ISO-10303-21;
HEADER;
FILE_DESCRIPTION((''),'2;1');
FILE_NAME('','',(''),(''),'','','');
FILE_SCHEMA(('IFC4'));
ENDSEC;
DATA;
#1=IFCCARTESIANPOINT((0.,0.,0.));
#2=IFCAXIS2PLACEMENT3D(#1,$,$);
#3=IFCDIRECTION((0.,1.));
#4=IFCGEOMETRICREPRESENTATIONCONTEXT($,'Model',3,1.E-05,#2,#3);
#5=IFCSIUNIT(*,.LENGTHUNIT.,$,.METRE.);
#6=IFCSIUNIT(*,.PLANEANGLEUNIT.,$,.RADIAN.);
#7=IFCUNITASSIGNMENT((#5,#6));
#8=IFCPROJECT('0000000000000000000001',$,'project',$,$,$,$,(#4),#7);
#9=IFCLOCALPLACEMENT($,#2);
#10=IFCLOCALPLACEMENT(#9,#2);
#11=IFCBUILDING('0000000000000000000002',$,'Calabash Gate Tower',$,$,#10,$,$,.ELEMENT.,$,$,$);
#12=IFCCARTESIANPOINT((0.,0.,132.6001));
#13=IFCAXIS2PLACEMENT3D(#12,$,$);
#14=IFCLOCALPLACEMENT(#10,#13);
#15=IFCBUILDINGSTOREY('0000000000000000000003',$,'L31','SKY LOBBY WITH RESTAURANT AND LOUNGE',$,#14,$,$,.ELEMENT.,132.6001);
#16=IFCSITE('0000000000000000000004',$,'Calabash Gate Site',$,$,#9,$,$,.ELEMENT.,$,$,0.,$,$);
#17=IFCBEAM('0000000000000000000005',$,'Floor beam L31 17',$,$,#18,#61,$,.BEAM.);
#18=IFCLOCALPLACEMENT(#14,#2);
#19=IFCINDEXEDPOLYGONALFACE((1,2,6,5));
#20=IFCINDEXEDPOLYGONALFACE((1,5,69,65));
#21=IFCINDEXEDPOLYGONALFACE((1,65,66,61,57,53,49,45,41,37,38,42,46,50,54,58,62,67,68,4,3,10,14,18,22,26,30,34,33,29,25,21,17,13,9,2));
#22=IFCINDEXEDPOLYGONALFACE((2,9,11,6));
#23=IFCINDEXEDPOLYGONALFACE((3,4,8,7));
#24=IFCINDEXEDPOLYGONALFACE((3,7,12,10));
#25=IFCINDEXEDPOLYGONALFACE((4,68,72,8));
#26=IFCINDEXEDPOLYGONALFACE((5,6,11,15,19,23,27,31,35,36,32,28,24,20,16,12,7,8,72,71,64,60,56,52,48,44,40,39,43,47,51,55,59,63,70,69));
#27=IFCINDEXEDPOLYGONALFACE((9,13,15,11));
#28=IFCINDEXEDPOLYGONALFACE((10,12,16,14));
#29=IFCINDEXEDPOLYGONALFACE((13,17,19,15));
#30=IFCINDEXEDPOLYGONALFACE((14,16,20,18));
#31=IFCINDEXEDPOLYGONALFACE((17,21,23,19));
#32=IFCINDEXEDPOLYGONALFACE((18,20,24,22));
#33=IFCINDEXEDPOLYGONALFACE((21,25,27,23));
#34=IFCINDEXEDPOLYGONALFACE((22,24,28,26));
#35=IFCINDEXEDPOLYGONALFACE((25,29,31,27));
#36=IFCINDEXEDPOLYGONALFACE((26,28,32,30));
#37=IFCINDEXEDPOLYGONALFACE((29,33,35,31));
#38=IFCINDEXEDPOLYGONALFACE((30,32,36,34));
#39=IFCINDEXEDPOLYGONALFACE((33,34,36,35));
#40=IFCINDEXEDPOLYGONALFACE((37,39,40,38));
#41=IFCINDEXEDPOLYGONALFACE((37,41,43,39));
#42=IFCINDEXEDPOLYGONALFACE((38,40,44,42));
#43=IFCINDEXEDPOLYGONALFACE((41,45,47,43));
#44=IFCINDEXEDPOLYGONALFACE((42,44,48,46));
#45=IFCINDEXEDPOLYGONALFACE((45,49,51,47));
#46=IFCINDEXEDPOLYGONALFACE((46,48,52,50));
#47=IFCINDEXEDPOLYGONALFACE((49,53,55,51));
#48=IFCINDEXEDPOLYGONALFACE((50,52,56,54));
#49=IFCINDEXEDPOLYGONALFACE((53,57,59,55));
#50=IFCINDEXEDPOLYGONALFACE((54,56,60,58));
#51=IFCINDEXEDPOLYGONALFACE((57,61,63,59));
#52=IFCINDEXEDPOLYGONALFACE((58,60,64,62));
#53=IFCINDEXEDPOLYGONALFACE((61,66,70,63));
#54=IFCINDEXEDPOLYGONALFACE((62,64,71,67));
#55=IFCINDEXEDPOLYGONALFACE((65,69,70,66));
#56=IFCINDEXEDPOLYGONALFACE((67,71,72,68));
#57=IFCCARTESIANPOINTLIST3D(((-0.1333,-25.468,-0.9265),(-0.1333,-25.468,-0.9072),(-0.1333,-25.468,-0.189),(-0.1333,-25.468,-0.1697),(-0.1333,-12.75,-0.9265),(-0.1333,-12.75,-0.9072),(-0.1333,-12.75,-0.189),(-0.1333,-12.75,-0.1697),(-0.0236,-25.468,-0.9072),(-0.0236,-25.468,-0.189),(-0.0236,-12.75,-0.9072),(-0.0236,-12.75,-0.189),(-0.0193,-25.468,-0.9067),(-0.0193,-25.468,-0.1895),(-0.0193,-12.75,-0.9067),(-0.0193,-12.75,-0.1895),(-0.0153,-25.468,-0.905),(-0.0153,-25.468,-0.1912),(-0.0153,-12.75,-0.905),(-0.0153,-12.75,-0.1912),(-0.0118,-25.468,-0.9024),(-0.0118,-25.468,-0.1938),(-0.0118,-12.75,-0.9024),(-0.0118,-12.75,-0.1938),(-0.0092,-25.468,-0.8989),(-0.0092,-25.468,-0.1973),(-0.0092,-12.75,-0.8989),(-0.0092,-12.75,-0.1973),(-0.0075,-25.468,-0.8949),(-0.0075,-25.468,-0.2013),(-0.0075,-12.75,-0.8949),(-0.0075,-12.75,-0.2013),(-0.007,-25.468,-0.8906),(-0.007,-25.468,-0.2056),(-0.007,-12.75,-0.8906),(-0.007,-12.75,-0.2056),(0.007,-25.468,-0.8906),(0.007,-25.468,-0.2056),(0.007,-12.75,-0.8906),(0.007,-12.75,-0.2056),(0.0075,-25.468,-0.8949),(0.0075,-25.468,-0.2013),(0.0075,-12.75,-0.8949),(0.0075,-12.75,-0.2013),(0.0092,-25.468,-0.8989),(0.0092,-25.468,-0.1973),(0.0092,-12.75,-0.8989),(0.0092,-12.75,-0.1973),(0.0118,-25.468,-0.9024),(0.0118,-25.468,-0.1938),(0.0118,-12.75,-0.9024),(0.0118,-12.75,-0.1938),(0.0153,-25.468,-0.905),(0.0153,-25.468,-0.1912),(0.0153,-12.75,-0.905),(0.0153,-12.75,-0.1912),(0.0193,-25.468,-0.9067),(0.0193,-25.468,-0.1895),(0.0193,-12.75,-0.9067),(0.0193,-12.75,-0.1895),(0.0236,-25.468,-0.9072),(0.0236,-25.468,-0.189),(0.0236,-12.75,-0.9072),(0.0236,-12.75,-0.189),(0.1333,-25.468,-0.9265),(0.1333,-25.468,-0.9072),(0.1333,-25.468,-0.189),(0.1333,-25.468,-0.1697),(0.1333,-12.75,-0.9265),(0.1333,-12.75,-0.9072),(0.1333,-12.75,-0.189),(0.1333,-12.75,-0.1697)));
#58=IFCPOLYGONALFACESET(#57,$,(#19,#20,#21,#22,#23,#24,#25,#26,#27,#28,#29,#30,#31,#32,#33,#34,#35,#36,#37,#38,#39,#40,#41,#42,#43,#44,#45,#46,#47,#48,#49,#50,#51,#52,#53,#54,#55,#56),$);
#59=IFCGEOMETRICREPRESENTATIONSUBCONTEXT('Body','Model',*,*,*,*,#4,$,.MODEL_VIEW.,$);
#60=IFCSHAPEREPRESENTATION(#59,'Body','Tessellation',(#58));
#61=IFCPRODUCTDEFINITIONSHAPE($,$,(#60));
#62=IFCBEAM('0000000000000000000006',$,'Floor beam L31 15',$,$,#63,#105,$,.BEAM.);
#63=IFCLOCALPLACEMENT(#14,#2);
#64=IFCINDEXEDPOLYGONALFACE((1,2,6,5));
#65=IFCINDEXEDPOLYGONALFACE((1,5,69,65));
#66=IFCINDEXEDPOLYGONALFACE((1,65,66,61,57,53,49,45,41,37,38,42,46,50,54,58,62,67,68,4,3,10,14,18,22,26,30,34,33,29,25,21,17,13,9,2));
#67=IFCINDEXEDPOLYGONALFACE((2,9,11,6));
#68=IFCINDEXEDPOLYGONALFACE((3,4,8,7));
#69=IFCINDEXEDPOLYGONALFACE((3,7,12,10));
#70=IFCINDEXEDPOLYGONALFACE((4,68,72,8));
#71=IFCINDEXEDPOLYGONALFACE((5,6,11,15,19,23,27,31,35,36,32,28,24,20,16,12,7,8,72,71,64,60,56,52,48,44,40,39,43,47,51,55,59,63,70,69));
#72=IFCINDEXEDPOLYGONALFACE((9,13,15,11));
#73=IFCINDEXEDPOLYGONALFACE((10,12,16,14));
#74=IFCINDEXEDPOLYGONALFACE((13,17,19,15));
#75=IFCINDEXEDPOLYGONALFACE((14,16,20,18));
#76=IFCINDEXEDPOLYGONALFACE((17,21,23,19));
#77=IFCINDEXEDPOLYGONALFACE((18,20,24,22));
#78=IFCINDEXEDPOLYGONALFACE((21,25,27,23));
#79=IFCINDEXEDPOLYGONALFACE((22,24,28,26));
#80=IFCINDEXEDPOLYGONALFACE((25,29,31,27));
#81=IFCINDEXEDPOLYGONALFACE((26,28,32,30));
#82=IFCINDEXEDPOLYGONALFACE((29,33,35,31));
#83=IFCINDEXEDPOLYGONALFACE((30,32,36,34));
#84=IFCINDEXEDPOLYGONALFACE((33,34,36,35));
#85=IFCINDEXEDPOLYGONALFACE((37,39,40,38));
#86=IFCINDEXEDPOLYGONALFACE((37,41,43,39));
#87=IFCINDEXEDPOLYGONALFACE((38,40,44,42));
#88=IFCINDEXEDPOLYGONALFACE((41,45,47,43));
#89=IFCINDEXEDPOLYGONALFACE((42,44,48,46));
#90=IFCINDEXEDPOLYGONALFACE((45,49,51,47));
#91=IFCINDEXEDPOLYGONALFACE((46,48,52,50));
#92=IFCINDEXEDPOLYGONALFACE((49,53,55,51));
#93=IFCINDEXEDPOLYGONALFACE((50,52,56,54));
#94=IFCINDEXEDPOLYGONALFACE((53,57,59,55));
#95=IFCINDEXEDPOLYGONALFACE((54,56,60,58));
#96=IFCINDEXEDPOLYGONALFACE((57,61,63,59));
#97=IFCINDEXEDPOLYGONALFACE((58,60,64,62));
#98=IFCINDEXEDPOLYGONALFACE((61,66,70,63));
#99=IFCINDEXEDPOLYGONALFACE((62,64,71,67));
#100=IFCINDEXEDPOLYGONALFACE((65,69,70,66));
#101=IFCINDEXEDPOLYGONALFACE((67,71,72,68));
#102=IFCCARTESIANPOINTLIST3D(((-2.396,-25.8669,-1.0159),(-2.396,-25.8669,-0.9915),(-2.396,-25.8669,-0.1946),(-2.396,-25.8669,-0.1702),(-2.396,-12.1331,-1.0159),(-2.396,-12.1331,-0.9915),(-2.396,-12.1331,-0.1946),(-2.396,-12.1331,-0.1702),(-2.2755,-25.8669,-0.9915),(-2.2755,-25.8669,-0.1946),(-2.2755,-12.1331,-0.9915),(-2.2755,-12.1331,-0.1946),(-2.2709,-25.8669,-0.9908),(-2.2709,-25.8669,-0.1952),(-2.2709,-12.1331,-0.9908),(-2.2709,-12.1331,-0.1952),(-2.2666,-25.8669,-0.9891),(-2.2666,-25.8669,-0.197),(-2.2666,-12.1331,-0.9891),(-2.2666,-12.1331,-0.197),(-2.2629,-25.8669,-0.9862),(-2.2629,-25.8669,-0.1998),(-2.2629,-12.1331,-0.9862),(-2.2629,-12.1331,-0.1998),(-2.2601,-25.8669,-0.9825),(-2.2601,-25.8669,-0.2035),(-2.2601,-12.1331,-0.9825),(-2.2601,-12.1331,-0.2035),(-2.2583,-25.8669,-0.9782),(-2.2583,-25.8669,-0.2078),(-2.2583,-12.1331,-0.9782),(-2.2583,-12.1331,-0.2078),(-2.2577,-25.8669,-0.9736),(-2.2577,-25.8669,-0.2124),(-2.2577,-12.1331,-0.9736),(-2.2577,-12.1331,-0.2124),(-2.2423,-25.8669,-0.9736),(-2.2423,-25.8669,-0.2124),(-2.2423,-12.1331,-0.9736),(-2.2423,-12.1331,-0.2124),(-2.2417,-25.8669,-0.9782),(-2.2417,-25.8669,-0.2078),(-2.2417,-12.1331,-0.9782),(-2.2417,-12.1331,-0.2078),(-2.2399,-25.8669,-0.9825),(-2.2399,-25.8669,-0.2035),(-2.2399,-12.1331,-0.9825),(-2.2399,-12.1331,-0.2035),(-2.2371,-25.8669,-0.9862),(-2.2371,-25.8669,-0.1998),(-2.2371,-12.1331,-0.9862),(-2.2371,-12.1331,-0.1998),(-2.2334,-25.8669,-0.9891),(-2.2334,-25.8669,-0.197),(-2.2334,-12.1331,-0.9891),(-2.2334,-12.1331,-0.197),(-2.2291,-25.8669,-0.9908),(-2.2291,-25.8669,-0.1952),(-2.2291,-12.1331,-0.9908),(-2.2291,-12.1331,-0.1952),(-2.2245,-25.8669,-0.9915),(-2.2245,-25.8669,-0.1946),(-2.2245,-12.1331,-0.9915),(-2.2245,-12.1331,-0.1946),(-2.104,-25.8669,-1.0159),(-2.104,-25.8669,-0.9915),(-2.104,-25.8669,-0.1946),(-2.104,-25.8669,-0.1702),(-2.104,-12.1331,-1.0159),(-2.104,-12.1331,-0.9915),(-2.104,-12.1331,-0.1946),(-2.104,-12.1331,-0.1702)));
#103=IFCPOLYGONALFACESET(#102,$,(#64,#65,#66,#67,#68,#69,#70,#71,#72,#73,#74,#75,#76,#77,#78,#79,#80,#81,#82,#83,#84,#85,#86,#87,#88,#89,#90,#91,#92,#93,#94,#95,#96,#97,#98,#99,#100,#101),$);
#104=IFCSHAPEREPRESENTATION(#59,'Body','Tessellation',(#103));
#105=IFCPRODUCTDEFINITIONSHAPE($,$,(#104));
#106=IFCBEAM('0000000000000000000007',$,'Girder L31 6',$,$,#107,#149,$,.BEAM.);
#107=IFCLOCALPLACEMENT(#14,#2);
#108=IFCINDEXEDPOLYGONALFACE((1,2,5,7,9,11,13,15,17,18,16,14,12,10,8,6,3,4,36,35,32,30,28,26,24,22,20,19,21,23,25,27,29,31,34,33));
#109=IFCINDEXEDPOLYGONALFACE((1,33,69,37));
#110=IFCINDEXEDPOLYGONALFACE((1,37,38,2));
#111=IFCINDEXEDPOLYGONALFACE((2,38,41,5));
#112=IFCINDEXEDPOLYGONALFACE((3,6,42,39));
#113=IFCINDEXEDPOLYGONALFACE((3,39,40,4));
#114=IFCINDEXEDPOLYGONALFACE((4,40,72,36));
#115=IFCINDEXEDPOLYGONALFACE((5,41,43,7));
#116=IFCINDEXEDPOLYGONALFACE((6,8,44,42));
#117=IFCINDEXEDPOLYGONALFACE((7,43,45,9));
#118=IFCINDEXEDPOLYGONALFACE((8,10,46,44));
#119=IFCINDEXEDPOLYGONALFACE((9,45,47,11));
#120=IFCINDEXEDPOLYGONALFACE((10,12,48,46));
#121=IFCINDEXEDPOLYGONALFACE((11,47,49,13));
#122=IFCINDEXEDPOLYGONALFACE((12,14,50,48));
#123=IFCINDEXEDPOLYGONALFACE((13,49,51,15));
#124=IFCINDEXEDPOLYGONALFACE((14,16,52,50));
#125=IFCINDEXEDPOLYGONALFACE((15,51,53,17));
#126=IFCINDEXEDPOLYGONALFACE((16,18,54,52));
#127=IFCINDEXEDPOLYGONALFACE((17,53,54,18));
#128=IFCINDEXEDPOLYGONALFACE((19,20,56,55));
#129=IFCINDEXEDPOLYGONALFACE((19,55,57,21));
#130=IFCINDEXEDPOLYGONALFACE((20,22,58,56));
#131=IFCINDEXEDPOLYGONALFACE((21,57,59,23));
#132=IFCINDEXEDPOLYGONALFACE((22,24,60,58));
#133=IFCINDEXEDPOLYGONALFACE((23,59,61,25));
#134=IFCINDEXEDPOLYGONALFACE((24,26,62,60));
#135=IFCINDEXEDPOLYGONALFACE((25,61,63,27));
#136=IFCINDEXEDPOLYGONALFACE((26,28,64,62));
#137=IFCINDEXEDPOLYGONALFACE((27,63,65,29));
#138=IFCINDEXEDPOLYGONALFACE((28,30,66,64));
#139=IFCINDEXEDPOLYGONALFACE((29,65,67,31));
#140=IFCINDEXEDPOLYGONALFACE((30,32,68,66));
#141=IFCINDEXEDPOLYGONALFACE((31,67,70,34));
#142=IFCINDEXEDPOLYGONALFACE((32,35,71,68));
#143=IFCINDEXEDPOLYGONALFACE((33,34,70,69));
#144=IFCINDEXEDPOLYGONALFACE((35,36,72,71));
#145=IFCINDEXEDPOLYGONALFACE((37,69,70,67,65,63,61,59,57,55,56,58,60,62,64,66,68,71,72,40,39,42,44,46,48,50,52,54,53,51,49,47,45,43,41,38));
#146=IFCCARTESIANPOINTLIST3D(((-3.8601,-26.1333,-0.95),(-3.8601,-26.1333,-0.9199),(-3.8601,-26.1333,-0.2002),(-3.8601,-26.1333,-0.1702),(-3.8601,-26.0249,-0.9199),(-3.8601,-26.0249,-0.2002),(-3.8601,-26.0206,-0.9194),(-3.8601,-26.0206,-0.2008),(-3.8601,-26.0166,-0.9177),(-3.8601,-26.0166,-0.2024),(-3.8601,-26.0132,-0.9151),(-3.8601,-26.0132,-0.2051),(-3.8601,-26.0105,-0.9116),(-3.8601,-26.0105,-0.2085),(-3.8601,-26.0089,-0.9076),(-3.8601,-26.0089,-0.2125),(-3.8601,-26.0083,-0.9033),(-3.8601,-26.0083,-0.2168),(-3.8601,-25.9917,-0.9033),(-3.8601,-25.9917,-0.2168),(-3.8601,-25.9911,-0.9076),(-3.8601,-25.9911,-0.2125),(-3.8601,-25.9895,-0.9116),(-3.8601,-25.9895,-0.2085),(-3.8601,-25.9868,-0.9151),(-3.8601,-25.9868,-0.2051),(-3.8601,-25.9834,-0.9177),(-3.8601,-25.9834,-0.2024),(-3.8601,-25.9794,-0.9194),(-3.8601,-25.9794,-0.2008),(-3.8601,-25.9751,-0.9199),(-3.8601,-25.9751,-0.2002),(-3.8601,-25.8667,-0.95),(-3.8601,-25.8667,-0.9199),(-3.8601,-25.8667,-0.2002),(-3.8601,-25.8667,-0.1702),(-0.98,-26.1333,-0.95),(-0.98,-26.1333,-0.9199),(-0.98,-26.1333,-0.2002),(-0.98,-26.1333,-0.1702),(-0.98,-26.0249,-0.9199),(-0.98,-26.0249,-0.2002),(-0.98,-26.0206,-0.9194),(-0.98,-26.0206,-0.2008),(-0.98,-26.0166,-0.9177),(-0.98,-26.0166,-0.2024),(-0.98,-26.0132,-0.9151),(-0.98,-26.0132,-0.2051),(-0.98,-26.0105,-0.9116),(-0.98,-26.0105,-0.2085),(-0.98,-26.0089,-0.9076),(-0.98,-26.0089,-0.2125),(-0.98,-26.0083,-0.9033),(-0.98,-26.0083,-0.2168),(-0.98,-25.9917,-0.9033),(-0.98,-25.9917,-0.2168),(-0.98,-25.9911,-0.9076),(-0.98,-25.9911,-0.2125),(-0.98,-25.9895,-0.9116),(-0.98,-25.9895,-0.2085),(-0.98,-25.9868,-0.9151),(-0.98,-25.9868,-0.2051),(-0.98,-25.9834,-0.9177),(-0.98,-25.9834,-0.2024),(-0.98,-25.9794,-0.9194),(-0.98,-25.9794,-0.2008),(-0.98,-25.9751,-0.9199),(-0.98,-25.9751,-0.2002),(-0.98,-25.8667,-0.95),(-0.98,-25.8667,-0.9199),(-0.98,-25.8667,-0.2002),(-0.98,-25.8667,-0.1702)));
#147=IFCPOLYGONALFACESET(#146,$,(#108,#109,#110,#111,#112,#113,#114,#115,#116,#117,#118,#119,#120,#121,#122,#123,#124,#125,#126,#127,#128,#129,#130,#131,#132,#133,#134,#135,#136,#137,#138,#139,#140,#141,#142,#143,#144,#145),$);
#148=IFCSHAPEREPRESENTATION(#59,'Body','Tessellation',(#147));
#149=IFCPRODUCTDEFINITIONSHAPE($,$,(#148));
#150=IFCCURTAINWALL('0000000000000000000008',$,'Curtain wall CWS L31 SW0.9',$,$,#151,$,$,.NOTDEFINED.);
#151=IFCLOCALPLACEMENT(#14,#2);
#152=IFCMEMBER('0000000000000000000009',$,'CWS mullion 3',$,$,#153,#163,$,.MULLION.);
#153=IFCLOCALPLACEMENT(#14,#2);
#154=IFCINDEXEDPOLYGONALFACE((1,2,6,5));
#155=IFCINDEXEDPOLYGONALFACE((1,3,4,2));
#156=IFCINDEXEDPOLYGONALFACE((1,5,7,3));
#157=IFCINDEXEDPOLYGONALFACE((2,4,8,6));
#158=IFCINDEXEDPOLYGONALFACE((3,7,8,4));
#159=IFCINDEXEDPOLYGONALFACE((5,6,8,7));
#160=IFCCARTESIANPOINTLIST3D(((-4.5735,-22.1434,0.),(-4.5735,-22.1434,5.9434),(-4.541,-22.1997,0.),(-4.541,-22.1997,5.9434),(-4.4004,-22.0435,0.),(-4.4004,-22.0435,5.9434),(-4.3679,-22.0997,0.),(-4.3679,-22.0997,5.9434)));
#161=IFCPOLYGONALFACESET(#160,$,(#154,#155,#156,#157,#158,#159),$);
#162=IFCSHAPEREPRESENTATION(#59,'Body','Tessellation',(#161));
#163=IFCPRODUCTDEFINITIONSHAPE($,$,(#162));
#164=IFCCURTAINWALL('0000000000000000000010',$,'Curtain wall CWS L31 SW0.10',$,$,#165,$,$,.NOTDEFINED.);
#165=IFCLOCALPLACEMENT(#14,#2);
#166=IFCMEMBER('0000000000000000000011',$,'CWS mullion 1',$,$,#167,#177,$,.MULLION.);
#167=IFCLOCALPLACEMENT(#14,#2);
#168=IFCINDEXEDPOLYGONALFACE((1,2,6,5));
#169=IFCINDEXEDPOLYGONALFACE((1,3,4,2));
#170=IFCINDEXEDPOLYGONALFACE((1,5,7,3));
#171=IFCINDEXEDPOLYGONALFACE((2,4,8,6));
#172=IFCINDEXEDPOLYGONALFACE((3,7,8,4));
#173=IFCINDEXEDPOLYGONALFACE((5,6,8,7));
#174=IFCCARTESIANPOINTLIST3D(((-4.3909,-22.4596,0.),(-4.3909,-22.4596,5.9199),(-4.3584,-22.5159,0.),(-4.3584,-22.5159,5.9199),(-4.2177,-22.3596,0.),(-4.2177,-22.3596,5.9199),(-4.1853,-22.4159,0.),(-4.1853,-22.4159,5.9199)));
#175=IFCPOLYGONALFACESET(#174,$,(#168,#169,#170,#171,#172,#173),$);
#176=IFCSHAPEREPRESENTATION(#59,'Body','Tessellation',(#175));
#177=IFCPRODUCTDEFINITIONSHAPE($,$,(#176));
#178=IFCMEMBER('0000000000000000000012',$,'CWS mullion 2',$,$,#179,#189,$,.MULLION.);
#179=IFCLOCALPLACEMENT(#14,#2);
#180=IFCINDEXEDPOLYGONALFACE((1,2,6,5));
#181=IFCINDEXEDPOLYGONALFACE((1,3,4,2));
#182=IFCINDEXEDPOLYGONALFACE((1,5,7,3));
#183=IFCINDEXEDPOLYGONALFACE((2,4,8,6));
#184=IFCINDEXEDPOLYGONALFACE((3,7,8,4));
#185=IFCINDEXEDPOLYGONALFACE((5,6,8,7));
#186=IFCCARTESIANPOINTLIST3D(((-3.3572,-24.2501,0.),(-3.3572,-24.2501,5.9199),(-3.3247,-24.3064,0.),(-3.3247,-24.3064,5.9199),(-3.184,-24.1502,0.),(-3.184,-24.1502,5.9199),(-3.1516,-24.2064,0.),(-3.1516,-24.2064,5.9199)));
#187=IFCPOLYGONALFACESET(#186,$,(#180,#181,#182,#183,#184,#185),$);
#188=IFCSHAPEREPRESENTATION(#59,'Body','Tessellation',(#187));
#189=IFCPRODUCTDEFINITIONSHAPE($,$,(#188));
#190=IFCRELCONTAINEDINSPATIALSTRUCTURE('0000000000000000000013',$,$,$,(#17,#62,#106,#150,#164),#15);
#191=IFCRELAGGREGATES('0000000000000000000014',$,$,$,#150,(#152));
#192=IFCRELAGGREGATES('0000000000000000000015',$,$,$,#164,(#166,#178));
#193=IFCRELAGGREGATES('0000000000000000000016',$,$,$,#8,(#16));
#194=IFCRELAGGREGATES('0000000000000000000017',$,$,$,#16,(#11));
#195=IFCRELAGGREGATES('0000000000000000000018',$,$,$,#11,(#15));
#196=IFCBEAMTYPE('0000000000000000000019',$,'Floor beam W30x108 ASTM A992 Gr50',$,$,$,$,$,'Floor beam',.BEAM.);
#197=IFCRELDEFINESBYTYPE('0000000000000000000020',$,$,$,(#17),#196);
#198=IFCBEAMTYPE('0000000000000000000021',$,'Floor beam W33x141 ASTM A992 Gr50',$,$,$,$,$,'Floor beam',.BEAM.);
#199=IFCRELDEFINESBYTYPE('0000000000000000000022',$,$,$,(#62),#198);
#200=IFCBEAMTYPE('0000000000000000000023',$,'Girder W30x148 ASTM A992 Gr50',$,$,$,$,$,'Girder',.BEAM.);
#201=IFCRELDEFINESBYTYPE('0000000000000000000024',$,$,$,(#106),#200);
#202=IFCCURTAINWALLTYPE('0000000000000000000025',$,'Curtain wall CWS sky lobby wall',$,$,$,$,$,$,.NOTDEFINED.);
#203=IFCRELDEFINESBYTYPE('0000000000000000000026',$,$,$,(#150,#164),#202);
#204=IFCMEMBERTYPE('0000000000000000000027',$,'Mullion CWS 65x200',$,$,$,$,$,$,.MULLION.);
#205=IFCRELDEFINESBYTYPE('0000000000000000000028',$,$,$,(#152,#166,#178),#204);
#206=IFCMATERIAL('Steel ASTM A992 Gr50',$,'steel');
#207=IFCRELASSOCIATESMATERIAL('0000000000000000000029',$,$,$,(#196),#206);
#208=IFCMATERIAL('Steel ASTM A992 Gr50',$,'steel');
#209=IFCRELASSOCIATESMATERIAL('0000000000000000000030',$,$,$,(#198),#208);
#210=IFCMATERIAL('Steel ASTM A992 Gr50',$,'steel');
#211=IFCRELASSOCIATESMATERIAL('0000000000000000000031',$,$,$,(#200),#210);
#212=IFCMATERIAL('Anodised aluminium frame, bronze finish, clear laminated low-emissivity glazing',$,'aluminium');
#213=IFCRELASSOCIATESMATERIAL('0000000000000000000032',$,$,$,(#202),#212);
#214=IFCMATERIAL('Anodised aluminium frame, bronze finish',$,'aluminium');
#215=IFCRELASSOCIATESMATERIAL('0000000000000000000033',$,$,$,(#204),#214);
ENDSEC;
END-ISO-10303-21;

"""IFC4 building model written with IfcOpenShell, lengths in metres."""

from ifc_helpers import new_model, si_unit, direction, frame, origin, origin_2d, place, context, subcontext, project, spatial, rectangle, i_section, extrude, material, material_profile, profile_set, type_object, element, aggregate, save


model = new_model("IFC4")

# Units and contexts
model_context = context("Model", 3, precision=1e-05, world=origin(), true_north=direction((0.0, 1.0)))
body_context = subcontext(model_context, "Body", "Model", "MODEL_VIEW")
ifc_project = project(units=[si_unit("LENGTHUNIT", "METRE"), si_unit("PLANEANGLEUNIT", "RADIAN")], contexts=[model_context])

# Site, building, storey
site_placement = place(None, origin())
site = spatial("IfcSite", under=ifc_project, at=site_placement, Name="Calabash Gate Site", CompositionType="ELEMENT", RefElevation=0.0)
building_placement = place(site_placement, origin())
building = spatial("IfcBuilding", under=site, at=building_placement, Name="Calabash Gate Tower", CompositionType="ELEMENT")
storey_placement = place(building_placement, frame((0.0, 0.0, 132.6001)))
storey = spatial("IfcBuildingStorey", under=building, at=storey_placement, Name="L31", Description="SKY LOBBY WITH RESTAURANT AND LOUNGE", CompositionType="ELEMENT", Elevation=132.6001)

# Beams
ifc_material_1 = material(Name="Steel ASTM A992 Gr50", Category="steel")
ifc_material_profile_1 = material_profile(ifc_material_1, i_section(OverallWidth=0.2666, OverallDepth=0.7568, WebThickness=0.0139, FlangeThickness=0.0193, FilletRadius=0.0166, at=origin_2d()))
ifc_profile_set_1 = profile_set([ifc_material_profile_1], Name="Steel ASTM A992 Gr50")
beam_type_1 = type_object("IfcBeamType", Name="Floor beam W30x108 ASTM A992 Gr50", ElementType="Floor beam", PredefinedType="BEAM", material=ifc_profile_set_1)
beam_1_placement = place(storey_placement, frame((0.0, -25.468, -0.5481), z_axis=(0.0, 1.0, 0.0), x_axis=(-1.0, 0.0, 0.0)))
element("IfcBeam", 1, at=beam_1_placement, inside=storey, type_object=beam_type_1, Name="Floor beam L31 17", PredefinedType="BEAM", context=body_context, shape_type="SweptSolid", body=[
    extrude(i_section(OverallWidth=0.2666, OverallDepth=0.7568, WebThickness=0.0139, FlangeThickness=0.0193, FilletRadius=0.0166, at=origin_2d()), origin(), (0.0, 0.0, 1.0), 12.718),
])
ifc_material_2 = material(Name="Steel ASTM A992 Gr50", Category="steel")
ifc_material_profile_2 = material_profile(ifc_material_2, i_section(OverallWidth=0.292, OverallDepth=0.8457, WebThickness=0.0154, FlangeThickness=0.0244, FilletRadius=0.0178, at=origin_2d()))
ifc_profile_set_2 = profile_set([ifc_material_profile_2], Name="Steel ASTM A992 Gr50")
beam_type_2 = type_object("IfcBeamType", Name="Floor beam W33x141 ASTM A992 Gr50", ElementType="Floor beam", PredefinedType="BEAM", material=ifc_profile_set_2)
beam_2_placement = place(storey_placement, frame((-2.25, -25.8669, -0.593), z_axis=(0.0, 1.0, 0.0), x_axis=(-1.0, 0.0, 0.0)))
element("IfcBeam", 2, at=beam_2_placement, inside=storey, type_object=beam_type_2, Name="Floor beam L31 15", PredefinedType="BEAM", context=body_context, shape_type="SweptSolid", body=[
    extrude(i_section(OverallWidth=0.292, OverallDepth=0.8457, WebThickness=0.0154, FlangeThickness=0.0244, FilletRadius=0.0178, at=origin_2d()), origin(), (0.0, 0.0, 1.0), 13.7339),
])
ifc_material_3 = material(Name="Steel ASTM A992 Gr50", Category="steel")
ifc_material_profile_3 = material_profile(ifc_material_3, i_section(OverallWidth=0.2666, OverallDepth=0.7798, WebThickness=0.0166, FlangeThickness=0.03, FilletRadius=0.0166, at=origin_2d()))
ifc_profile_set_3 = profile_set([ifc_material_profile_3], Name="Steel ASTM A992 Gr50")
beam_type_3 = type_object("IfcBeamType", Name="Girder W30x148 ASTM A992 Gr50", ElementType="Girder", PredefinedType="BEAM", material=ifc_profile_set_3)
beam_3_placement = place(storey_placement, frame((-3.8601, -26.0, -0.5601), z_axis=(1.0, 0.0, 0.0), x_axis=(0.0, 1.0, 0.0)))
element("IfcBeam", 3, at=beam_3_placement, inside=storey, type_object=beam_type_3, Name="Girder L31 6", PredefinedType="BEAM", context=body_context, shape_type="SweptSolid", body=[
    extrude(i_section(OverallWidth=0.2666, OverallDepth=0.7798, WebThickness=0.0166, FlangeThickness=0.03, FilletRadius=0.0166, at=origin_2d()), origin(), (0.0, 0.0, 1.0), 2.8801),
])

# Curtain wall, member
ifc_material_4 = material(Name="Anodised aluminium frame, bronze finish, clear laminated low-emissivity glazing", Category="aluminium")
curtain_wall_type = type_object("IfcCurtainWallType", Name="Curtain wall CWS sky lobby wall", PredefinedType="NOTDEFINED", material=ifc_material_4)
curtain_wall_1_placement = place(storey_placement, origin())
curtain_wall_1 = element("IfcCurtainWall", 4, at=curtain_wall_1_placement, inside=storey, type_object=curtain_wall_type, Name="Curtain wall CWS L31 SW0.9", PredefinedType="NOTDEFINED")
ifc_material_5 = material(Name="Anodised aluminium frame, bronze finish", Category="aluminium")
ifc_material_profile_4 = material_profile(ifc_material_5, rectangle(XDim=0.2, YDim=0.0649, at=origin_2d()))
ifc_profile_set_4 = profile_set([ifc_material_profile_4], Name="Anodised aluminium frame, bronze finish")
member_type_1 = type_object("IfcMemberType", Name="Mullion CWS 65x200", PredefinedType="MULLION", material=ifc_profile_set_4)
member_1_placement = place(storey_placement, frame((-4.4707, -22.1216, 0.0), z_axis=(0.0, 0.0, 1.0), x_axis=(0.866025, 0.5, 0.0)))
member_1 = element("IfcMember", 5, at=member_1_placement, type_object=member_type_1, Name="CWS mullion 3", PredefinedType="MULLION", context=body_context, shape_type="SweptSolid", body=[
    extrude(rectangle(XDim=0.2, YDim=0.0649, at=origin_2d()), origin(), (0.0, 0.0, 1.0), 5.9434),
])

# Curtain wall, members
curtain_wall_2_placement = place(storey_placement, origin())
curtain_wall_2 = element("IfcCurtainWall", 6, at=curtain_wall_2_placement, inside=storey, type_object=curtain_wall_type, Name="Curtain wall CWS L31 SW0.10", PredefinedType="NOTDEFINED")
member_2_placement = place(storey_placement, frame((-4.2881, -22.4377, 0.0), z_axis=(0.0, 0.0, 1.0), x_axis=(0.866025, 0.5, 0.0)))
member_2 = element("IfcMember", 7, at=member_2_placement, type_object=member_type_1, Name="CWS mullion 1", PredefinedType="MULLION", context=body_context, shape_type="SweptSolid", body=[
    extrude(rectangle(XDim=0.2, YDim=0.0649, at=origin_2d()), origin(), (0.0, 0.0, 1.0), 5.9199),
])
member_3_placement = place(storey_placement, frame((-3.2544, -24.2283, 0.0), z_axis=(0.0, 0.0, 1.0), x_axis=(0.866025, 0.5, 0.0)))
member_3 = element("IfcMember", 8, at=member_3_placement, type_object=member_type_1, Name="CWS mullion 2", PredefinedType="MULLION", context=body_context, shape_type="SweptSolid", body=[
    extrude(rectangle(XDim=0.2, YDim=0.0649, at=origin_2d()), origin(), (0.0, 0.0, 1.0), 5.9199),
])

aggregate(curtain_wall_1, [member_1])
aggregate(curtain_wall_2, [member_2, member_3])

save(model, "model.ifc")
